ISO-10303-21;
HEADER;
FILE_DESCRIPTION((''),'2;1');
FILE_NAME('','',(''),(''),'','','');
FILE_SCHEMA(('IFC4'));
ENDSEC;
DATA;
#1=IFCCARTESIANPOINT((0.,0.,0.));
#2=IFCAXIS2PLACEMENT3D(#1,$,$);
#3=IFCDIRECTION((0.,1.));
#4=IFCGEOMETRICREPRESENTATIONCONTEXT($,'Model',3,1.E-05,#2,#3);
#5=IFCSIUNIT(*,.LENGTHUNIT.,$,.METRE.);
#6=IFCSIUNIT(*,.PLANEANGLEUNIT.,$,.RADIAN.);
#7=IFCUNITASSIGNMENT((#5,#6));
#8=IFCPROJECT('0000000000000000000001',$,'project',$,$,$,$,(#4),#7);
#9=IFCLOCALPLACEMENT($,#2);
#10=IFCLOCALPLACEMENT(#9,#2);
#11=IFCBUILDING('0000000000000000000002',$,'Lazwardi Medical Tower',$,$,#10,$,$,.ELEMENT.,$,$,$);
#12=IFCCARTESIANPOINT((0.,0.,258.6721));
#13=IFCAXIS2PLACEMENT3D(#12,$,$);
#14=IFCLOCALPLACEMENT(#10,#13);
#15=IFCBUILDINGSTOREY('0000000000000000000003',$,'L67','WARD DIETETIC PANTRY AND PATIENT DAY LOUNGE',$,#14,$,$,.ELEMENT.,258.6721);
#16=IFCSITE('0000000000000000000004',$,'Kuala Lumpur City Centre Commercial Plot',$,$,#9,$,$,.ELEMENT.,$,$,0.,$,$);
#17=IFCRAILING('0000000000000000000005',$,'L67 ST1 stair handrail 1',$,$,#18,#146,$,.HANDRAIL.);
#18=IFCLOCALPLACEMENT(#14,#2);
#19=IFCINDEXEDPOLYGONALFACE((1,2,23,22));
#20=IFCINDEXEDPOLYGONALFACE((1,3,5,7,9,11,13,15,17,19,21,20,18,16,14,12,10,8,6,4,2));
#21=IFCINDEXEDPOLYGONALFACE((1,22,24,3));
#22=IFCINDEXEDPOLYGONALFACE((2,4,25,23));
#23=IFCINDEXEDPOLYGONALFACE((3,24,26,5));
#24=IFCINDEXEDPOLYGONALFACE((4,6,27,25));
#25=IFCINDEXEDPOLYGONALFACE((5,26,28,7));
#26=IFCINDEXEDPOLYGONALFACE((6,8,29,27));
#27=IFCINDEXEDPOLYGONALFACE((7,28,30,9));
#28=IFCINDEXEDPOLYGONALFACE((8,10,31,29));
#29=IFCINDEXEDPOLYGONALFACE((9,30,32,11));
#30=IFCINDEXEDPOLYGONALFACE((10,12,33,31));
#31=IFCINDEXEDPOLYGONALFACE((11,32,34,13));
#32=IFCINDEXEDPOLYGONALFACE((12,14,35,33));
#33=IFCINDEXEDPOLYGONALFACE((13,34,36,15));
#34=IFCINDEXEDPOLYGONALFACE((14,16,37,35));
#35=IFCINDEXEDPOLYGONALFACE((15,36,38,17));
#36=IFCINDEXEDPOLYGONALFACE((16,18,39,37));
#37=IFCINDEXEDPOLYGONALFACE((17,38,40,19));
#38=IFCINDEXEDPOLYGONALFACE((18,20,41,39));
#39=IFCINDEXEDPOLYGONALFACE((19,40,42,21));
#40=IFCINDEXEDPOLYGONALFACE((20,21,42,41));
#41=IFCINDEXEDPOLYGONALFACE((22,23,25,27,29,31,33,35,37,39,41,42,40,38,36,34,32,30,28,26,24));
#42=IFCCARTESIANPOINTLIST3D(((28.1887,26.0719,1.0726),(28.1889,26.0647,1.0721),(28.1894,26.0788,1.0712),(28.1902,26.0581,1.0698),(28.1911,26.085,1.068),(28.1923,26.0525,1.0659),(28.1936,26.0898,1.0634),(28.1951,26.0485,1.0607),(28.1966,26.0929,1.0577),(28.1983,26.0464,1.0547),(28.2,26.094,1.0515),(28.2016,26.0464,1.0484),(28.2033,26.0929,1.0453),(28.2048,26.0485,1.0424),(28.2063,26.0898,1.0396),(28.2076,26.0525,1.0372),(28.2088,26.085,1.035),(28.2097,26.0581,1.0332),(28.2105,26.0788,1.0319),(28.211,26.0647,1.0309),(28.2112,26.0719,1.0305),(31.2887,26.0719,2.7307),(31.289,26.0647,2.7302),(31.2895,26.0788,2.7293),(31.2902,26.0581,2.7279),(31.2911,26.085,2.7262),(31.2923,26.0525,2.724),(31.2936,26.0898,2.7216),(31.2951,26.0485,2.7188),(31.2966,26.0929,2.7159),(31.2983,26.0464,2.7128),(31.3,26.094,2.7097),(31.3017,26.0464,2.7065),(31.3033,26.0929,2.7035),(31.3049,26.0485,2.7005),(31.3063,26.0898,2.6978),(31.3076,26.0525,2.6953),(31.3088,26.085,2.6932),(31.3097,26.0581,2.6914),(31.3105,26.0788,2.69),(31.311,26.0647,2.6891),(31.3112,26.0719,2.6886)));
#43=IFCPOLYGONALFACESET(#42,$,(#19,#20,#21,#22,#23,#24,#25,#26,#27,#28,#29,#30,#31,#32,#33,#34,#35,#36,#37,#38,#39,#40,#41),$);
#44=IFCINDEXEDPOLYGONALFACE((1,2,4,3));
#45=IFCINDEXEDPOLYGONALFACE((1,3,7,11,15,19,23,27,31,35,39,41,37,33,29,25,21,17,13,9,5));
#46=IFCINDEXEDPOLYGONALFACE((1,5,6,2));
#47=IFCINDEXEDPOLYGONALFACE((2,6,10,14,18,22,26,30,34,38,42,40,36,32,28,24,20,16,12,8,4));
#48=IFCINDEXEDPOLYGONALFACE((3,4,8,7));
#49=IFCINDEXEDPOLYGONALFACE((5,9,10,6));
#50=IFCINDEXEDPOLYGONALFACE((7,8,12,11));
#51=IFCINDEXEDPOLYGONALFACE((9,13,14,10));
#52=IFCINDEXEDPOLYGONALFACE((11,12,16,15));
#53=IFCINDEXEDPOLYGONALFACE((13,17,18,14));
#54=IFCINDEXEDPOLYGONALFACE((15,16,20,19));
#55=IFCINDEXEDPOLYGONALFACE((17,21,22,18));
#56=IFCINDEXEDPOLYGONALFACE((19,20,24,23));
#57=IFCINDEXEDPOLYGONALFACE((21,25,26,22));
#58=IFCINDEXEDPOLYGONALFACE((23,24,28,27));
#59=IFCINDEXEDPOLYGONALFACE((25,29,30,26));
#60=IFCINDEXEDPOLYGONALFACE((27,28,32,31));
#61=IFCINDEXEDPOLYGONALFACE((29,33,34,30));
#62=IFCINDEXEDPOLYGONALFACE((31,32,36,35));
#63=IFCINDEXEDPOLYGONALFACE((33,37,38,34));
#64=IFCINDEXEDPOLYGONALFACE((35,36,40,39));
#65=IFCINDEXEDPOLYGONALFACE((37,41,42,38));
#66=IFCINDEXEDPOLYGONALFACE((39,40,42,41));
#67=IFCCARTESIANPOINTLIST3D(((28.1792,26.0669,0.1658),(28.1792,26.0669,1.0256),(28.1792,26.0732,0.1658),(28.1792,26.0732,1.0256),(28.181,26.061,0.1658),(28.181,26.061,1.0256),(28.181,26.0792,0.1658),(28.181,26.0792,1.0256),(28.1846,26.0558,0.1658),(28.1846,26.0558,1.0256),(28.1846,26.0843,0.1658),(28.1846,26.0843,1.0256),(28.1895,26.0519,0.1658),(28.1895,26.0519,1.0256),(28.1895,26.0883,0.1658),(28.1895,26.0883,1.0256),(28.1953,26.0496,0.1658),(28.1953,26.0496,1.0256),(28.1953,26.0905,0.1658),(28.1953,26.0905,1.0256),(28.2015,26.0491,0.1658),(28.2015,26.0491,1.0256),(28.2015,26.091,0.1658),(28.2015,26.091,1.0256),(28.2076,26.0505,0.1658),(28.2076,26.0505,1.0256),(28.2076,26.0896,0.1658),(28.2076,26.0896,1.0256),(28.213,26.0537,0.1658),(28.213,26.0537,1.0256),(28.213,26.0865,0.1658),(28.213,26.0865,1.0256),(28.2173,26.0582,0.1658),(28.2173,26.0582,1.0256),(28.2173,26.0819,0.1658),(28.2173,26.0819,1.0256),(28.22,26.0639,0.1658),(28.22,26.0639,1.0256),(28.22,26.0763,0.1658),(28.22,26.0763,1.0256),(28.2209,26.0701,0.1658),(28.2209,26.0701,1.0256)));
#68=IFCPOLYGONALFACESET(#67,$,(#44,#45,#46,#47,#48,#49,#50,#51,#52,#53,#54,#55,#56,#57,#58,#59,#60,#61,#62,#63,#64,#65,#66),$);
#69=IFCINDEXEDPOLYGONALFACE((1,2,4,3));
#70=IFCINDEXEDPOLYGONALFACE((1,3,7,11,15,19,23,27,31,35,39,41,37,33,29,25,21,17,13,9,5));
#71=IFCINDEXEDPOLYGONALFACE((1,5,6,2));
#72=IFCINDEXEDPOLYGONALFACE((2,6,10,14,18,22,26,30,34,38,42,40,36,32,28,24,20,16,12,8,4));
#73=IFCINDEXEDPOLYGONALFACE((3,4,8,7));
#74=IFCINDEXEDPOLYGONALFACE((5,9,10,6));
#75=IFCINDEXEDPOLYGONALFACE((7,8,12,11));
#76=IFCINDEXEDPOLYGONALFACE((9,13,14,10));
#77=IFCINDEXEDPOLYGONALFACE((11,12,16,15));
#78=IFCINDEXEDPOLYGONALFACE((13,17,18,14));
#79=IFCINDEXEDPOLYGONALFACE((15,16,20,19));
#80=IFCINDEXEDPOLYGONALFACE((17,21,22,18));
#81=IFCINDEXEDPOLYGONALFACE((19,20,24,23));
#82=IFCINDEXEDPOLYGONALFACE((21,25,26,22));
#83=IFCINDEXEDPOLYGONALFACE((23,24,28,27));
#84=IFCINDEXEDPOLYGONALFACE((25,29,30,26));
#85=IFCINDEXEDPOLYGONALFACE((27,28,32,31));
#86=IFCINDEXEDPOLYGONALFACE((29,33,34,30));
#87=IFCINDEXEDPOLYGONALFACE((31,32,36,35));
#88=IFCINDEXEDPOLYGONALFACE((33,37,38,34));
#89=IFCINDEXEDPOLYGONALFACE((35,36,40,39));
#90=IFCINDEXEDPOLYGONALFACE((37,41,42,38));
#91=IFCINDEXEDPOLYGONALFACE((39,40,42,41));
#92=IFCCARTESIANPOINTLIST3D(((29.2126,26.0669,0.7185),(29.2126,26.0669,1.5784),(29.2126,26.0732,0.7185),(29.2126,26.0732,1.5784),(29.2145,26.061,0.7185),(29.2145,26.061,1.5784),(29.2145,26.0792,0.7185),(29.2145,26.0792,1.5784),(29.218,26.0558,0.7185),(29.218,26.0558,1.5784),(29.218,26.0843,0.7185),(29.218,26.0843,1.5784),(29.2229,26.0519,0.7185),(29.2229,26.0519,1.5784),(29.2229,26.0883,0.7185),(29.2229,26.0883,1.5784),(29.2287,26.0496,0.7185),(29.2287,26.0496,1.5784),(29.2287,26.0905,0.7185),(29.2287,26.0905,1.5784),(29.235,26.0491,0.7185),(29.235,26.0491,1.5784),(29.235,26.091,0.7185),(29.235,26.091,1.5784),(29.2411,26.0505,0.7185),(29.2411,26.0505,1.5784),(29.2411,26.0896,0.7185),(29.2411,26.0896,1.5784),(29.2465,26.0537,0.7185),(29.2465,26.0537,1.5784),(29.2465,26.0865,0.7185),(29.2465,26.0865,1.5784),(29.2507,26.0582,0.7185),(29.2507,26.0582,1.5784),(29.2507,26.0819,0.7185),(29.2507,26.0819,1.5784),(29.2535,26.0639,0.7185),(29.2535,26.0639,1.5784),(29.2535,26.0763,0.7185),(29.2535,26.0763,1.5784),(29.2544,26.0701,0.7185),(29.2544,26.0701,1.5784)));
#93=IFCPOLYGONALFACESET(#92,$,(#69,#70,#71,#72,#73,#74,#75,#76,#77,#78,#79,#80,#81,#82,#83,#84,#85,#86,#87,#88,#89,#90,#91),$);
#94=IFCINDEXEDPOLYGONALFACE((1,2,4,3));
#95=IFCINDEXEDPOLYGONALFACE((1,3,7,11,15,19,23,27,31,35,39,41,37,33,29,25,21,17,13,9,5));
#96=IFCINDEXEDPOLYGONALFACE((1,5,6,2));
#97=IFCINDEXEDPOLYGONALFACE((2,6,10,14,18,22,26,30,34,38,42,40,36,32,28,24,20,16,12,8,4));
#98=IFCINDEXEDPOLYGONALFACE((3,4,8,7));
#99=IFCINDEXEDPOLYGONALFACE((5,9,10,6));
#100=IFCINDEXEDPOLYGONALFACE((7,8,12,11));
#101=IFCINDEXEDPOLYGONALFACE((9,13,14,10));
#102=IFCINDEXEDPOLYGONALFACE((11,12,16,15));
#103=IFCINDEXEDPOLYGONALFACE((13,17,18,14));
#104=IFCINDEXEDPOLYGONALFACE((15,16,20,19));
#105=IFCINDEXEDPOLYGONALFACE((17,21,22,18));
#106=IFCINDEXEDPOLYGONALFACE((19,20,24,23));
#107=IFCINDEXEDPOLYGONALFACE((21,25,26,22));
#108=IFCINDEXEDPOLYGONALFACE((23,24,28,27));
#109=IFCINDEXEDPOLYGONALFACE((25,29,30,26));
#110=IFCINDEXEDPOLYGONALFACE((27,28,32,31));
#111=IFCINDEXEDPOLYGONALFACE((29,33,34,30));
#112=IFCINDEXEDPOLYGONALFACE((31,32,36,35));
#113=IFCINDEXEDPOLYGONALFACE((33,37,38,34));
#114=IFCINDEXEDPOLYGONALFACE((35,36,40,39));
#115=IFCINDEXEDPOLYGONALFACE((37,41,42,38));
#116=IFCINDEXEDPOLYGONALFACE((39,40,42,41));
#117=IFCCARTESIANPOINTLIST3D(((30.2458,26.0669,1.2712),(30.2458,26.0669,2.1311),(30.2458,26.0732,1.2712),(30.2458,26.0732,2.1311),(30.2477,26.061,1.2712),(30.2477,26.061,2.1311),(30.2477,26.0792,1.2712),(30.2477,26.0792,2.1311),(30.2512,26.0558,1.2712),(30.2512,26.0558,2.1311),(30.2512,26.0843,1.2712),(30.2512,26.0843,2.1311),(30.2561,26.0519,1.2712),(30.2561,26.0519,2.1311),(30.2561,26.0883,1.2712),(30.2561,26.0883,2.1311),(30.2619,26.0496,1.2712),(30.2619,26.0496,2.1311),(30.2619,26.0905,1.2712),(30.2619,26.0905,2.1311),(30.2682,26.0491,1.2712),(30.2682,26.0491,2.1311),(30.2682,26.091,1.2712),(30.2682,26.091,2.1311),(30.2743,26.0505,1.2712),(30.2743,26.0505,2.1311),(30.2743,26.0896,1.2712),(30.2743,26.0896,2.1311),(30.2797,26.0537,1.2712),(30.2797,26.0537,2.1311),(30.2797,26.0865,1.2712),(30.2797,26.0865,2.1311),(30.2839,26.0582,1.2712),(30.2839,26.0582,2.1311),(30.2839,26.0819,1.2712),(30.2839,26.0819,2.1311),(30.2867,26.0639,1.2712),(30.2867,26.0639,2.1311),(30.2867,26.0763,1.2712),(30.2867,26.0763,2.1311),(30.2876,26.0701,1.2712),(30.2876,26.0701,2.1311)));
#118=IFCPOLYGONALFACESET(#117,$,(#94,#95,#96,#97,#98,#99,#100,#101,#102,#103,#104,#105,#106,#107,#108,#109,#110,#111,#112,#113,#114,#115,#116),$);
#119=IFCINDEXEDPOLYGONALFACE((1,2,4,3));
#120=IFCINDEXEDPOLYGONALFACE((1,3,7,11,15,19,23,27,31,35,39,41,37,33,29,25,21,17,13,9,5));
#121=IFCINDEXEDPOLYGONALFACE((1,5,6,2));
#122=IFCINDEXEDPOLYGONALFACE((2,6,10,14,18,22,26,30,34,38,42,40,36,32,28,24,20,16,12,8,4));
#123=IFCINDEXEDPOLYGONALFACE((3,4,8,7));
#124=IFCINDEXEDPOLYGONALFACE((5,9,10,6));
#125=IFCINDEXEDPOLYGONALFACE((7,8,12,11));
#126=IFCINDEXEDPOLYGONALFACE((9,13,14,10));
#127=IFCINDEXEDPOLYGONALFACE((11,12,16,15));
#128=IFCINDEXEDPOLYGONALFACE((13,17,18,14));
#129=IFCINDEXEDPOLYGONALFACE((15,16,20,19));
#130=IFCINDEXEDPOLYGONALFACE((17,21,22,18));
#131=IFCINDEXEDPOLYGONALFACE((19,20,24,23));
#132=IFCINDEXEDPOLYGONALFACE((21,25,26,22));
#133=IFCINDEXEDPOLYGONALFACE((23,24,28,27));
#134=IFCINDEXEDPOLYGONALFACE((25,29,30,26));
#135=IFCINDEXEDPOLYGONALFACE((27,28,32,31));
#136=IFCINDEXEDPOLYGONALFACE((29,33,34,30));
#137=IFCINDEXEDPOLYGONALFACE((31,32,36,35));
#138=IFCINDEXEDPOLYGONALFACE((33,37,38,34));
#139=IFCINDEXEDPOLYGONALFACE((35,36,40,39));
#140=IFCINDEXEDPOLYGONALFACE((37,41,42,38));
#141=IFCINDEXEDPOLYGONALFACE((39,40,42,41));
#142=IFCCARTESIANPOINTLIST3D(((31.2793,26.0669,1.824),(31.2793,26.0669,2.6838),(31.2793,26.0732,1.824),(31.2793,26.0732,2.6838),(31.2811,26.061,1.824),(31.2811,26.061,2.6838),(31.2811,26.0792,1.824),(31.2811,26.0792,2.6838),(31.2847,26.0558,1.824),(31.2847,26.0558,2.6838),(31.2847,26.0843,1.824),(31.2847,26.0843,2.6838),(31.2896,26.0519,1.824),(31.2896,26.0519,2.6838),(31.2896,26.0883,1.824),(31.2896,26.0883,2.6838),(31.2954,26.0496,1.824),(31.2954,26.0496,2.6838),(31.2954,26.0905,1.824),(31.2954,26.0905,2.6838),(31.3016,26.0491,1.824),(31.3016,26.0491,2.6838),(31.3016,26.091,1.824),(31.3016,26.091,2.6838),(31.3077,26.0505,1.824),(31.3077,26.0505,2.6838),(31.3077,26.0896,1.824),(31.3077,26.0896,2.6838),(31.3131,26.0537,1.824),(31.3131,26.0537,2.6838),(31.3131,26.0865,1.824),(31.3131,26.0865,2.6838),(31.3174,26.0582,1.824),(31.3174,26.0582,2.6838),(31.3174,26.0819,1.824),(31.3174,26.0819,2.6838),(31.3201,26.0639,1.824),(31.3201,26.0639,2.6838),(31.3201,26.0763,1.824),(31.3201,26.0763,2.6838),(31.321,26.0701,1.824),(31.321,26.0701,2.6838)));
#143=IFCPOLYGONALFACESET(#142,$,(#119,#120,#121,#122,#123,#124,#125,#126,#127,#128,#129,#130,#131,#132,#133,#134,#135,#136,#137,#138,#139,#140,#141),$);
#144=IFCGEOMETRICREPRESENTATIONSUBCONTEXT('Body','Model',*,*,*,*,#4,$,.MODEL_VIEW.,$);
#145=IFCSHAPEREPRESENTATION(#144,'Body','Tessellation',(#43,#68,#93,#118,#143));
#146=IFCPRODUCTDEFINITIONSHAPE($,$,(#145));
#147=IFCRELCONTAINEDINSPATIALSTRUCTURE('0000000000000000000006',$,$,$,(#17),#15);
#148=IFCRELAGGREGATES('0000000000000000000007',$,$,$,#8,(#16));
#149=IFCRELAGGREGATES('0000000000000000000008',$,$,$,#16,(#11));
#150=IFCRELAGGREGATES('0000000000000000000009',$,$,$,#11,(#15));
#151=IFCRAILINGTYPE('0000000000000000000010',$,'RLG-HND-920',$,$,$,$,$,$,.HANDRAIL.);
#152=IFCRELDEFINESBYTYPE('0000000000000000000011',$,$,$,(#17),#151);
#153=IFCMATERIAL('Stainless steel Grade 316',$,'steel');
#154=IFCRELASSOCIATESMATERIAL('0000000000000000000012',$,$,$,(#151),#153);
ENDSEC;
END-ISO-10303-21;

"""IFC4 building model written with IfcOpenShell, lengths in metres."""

from ifc_helpers import new_model, si_unit, direction, frame, origin, origin_2d, place, context, subcontext, project, spatial, circle, extrude, material, type_object, element, save


model = new_model("IFC4")

# Units and contexts
model_context = context("Model", 3, precision=1e-05, world=origin(), true_north=direction((0.0, 1.0)))
body_context = subcontext(model_context, "Body", "Model", "MODEL_VIEW")
ifc_project = project(units=[si_unit("LENGTHUNIT", "METRE"), si_unit("PLANEANGLEUNIT", "RADIAN")], contexts=[model_context])

# Site, building, storey
site_placement = place(None, origin())
site = spatial("IfcSite", under=ifc_project, at=site_placement, Name="Kuala Lumpur City Centre Commercial Plot", CompositionType="ELEMENT", RefElevation=0.0)
building_placement = place(site_placement, origin())
building = spatial("IfcBuilding", under=site, at=building_placement, Name="Lazwardi Medical Tower", CompositionType="ELEMENT")
storey_placement = place(building_placement, frame((0.0, 0.0, 258.6721)))
storey = spatial("IfcBuildingStorey", under=building, at=storey_placement, Name="L67", Description="WARD DIETETIC PANTRY AND PATIENT DAY LOUNGE", CompositionType="ELEMENT", Elevation=258.6721)

# Railing
ifc_material_1 = material(Name="Stainless steel Grade 316", Category="steel")
railing_type_1 = type_object("IfcRailingType", Name="RLG-HND-920", PredefinedType="HANDRAIL", material=ifc_material_1)
railing_1_placement = place(storey_placement, frame((28.2, 26.0701, 0.1658)))
element("IfcRailing", 1, at=railing_1_placement, inside=storey, type_object=railing_type_1, Name="L67 ST1 stair handrail 1", PredefinedType="HANDRAIL", context=body_context, shape_type="SweptSolid", body=[
    extrude(circle(Radius=0.0239, at=origin_2d()), frame((0.0, 0.0, 0.8857), z_axis=(0.881783, 0.0, 0.471655), x_axis=(0.0, 1.0, 0.0)), (0.0, 0.0, 1.0), 3.5156),
    extrude(circle(Radius=0.021, at=origin_2d()), origin(), (0.0, 0.0, 1.0), 0.8599),
    extrude(circle(Radius=0.021, at=origin_2d()), frame((1.0334, 0.0, 0.5527)), (0.0, 0.0, 1.0), 0.8599),
    extrude(circle(Radius=0.021, at=origin_2d()), frame((2.0667, 0.0, 1.1055)), (0.0, 0.0, 1.0), 0.8599),
    extrude(circle(Radius=0.021, at=origin_2d()), frame((3.1001, 0.0, 1.6582)), (0.0, 0.0, 1.0), 0.8599),
])

save(model, "model.ifc")
